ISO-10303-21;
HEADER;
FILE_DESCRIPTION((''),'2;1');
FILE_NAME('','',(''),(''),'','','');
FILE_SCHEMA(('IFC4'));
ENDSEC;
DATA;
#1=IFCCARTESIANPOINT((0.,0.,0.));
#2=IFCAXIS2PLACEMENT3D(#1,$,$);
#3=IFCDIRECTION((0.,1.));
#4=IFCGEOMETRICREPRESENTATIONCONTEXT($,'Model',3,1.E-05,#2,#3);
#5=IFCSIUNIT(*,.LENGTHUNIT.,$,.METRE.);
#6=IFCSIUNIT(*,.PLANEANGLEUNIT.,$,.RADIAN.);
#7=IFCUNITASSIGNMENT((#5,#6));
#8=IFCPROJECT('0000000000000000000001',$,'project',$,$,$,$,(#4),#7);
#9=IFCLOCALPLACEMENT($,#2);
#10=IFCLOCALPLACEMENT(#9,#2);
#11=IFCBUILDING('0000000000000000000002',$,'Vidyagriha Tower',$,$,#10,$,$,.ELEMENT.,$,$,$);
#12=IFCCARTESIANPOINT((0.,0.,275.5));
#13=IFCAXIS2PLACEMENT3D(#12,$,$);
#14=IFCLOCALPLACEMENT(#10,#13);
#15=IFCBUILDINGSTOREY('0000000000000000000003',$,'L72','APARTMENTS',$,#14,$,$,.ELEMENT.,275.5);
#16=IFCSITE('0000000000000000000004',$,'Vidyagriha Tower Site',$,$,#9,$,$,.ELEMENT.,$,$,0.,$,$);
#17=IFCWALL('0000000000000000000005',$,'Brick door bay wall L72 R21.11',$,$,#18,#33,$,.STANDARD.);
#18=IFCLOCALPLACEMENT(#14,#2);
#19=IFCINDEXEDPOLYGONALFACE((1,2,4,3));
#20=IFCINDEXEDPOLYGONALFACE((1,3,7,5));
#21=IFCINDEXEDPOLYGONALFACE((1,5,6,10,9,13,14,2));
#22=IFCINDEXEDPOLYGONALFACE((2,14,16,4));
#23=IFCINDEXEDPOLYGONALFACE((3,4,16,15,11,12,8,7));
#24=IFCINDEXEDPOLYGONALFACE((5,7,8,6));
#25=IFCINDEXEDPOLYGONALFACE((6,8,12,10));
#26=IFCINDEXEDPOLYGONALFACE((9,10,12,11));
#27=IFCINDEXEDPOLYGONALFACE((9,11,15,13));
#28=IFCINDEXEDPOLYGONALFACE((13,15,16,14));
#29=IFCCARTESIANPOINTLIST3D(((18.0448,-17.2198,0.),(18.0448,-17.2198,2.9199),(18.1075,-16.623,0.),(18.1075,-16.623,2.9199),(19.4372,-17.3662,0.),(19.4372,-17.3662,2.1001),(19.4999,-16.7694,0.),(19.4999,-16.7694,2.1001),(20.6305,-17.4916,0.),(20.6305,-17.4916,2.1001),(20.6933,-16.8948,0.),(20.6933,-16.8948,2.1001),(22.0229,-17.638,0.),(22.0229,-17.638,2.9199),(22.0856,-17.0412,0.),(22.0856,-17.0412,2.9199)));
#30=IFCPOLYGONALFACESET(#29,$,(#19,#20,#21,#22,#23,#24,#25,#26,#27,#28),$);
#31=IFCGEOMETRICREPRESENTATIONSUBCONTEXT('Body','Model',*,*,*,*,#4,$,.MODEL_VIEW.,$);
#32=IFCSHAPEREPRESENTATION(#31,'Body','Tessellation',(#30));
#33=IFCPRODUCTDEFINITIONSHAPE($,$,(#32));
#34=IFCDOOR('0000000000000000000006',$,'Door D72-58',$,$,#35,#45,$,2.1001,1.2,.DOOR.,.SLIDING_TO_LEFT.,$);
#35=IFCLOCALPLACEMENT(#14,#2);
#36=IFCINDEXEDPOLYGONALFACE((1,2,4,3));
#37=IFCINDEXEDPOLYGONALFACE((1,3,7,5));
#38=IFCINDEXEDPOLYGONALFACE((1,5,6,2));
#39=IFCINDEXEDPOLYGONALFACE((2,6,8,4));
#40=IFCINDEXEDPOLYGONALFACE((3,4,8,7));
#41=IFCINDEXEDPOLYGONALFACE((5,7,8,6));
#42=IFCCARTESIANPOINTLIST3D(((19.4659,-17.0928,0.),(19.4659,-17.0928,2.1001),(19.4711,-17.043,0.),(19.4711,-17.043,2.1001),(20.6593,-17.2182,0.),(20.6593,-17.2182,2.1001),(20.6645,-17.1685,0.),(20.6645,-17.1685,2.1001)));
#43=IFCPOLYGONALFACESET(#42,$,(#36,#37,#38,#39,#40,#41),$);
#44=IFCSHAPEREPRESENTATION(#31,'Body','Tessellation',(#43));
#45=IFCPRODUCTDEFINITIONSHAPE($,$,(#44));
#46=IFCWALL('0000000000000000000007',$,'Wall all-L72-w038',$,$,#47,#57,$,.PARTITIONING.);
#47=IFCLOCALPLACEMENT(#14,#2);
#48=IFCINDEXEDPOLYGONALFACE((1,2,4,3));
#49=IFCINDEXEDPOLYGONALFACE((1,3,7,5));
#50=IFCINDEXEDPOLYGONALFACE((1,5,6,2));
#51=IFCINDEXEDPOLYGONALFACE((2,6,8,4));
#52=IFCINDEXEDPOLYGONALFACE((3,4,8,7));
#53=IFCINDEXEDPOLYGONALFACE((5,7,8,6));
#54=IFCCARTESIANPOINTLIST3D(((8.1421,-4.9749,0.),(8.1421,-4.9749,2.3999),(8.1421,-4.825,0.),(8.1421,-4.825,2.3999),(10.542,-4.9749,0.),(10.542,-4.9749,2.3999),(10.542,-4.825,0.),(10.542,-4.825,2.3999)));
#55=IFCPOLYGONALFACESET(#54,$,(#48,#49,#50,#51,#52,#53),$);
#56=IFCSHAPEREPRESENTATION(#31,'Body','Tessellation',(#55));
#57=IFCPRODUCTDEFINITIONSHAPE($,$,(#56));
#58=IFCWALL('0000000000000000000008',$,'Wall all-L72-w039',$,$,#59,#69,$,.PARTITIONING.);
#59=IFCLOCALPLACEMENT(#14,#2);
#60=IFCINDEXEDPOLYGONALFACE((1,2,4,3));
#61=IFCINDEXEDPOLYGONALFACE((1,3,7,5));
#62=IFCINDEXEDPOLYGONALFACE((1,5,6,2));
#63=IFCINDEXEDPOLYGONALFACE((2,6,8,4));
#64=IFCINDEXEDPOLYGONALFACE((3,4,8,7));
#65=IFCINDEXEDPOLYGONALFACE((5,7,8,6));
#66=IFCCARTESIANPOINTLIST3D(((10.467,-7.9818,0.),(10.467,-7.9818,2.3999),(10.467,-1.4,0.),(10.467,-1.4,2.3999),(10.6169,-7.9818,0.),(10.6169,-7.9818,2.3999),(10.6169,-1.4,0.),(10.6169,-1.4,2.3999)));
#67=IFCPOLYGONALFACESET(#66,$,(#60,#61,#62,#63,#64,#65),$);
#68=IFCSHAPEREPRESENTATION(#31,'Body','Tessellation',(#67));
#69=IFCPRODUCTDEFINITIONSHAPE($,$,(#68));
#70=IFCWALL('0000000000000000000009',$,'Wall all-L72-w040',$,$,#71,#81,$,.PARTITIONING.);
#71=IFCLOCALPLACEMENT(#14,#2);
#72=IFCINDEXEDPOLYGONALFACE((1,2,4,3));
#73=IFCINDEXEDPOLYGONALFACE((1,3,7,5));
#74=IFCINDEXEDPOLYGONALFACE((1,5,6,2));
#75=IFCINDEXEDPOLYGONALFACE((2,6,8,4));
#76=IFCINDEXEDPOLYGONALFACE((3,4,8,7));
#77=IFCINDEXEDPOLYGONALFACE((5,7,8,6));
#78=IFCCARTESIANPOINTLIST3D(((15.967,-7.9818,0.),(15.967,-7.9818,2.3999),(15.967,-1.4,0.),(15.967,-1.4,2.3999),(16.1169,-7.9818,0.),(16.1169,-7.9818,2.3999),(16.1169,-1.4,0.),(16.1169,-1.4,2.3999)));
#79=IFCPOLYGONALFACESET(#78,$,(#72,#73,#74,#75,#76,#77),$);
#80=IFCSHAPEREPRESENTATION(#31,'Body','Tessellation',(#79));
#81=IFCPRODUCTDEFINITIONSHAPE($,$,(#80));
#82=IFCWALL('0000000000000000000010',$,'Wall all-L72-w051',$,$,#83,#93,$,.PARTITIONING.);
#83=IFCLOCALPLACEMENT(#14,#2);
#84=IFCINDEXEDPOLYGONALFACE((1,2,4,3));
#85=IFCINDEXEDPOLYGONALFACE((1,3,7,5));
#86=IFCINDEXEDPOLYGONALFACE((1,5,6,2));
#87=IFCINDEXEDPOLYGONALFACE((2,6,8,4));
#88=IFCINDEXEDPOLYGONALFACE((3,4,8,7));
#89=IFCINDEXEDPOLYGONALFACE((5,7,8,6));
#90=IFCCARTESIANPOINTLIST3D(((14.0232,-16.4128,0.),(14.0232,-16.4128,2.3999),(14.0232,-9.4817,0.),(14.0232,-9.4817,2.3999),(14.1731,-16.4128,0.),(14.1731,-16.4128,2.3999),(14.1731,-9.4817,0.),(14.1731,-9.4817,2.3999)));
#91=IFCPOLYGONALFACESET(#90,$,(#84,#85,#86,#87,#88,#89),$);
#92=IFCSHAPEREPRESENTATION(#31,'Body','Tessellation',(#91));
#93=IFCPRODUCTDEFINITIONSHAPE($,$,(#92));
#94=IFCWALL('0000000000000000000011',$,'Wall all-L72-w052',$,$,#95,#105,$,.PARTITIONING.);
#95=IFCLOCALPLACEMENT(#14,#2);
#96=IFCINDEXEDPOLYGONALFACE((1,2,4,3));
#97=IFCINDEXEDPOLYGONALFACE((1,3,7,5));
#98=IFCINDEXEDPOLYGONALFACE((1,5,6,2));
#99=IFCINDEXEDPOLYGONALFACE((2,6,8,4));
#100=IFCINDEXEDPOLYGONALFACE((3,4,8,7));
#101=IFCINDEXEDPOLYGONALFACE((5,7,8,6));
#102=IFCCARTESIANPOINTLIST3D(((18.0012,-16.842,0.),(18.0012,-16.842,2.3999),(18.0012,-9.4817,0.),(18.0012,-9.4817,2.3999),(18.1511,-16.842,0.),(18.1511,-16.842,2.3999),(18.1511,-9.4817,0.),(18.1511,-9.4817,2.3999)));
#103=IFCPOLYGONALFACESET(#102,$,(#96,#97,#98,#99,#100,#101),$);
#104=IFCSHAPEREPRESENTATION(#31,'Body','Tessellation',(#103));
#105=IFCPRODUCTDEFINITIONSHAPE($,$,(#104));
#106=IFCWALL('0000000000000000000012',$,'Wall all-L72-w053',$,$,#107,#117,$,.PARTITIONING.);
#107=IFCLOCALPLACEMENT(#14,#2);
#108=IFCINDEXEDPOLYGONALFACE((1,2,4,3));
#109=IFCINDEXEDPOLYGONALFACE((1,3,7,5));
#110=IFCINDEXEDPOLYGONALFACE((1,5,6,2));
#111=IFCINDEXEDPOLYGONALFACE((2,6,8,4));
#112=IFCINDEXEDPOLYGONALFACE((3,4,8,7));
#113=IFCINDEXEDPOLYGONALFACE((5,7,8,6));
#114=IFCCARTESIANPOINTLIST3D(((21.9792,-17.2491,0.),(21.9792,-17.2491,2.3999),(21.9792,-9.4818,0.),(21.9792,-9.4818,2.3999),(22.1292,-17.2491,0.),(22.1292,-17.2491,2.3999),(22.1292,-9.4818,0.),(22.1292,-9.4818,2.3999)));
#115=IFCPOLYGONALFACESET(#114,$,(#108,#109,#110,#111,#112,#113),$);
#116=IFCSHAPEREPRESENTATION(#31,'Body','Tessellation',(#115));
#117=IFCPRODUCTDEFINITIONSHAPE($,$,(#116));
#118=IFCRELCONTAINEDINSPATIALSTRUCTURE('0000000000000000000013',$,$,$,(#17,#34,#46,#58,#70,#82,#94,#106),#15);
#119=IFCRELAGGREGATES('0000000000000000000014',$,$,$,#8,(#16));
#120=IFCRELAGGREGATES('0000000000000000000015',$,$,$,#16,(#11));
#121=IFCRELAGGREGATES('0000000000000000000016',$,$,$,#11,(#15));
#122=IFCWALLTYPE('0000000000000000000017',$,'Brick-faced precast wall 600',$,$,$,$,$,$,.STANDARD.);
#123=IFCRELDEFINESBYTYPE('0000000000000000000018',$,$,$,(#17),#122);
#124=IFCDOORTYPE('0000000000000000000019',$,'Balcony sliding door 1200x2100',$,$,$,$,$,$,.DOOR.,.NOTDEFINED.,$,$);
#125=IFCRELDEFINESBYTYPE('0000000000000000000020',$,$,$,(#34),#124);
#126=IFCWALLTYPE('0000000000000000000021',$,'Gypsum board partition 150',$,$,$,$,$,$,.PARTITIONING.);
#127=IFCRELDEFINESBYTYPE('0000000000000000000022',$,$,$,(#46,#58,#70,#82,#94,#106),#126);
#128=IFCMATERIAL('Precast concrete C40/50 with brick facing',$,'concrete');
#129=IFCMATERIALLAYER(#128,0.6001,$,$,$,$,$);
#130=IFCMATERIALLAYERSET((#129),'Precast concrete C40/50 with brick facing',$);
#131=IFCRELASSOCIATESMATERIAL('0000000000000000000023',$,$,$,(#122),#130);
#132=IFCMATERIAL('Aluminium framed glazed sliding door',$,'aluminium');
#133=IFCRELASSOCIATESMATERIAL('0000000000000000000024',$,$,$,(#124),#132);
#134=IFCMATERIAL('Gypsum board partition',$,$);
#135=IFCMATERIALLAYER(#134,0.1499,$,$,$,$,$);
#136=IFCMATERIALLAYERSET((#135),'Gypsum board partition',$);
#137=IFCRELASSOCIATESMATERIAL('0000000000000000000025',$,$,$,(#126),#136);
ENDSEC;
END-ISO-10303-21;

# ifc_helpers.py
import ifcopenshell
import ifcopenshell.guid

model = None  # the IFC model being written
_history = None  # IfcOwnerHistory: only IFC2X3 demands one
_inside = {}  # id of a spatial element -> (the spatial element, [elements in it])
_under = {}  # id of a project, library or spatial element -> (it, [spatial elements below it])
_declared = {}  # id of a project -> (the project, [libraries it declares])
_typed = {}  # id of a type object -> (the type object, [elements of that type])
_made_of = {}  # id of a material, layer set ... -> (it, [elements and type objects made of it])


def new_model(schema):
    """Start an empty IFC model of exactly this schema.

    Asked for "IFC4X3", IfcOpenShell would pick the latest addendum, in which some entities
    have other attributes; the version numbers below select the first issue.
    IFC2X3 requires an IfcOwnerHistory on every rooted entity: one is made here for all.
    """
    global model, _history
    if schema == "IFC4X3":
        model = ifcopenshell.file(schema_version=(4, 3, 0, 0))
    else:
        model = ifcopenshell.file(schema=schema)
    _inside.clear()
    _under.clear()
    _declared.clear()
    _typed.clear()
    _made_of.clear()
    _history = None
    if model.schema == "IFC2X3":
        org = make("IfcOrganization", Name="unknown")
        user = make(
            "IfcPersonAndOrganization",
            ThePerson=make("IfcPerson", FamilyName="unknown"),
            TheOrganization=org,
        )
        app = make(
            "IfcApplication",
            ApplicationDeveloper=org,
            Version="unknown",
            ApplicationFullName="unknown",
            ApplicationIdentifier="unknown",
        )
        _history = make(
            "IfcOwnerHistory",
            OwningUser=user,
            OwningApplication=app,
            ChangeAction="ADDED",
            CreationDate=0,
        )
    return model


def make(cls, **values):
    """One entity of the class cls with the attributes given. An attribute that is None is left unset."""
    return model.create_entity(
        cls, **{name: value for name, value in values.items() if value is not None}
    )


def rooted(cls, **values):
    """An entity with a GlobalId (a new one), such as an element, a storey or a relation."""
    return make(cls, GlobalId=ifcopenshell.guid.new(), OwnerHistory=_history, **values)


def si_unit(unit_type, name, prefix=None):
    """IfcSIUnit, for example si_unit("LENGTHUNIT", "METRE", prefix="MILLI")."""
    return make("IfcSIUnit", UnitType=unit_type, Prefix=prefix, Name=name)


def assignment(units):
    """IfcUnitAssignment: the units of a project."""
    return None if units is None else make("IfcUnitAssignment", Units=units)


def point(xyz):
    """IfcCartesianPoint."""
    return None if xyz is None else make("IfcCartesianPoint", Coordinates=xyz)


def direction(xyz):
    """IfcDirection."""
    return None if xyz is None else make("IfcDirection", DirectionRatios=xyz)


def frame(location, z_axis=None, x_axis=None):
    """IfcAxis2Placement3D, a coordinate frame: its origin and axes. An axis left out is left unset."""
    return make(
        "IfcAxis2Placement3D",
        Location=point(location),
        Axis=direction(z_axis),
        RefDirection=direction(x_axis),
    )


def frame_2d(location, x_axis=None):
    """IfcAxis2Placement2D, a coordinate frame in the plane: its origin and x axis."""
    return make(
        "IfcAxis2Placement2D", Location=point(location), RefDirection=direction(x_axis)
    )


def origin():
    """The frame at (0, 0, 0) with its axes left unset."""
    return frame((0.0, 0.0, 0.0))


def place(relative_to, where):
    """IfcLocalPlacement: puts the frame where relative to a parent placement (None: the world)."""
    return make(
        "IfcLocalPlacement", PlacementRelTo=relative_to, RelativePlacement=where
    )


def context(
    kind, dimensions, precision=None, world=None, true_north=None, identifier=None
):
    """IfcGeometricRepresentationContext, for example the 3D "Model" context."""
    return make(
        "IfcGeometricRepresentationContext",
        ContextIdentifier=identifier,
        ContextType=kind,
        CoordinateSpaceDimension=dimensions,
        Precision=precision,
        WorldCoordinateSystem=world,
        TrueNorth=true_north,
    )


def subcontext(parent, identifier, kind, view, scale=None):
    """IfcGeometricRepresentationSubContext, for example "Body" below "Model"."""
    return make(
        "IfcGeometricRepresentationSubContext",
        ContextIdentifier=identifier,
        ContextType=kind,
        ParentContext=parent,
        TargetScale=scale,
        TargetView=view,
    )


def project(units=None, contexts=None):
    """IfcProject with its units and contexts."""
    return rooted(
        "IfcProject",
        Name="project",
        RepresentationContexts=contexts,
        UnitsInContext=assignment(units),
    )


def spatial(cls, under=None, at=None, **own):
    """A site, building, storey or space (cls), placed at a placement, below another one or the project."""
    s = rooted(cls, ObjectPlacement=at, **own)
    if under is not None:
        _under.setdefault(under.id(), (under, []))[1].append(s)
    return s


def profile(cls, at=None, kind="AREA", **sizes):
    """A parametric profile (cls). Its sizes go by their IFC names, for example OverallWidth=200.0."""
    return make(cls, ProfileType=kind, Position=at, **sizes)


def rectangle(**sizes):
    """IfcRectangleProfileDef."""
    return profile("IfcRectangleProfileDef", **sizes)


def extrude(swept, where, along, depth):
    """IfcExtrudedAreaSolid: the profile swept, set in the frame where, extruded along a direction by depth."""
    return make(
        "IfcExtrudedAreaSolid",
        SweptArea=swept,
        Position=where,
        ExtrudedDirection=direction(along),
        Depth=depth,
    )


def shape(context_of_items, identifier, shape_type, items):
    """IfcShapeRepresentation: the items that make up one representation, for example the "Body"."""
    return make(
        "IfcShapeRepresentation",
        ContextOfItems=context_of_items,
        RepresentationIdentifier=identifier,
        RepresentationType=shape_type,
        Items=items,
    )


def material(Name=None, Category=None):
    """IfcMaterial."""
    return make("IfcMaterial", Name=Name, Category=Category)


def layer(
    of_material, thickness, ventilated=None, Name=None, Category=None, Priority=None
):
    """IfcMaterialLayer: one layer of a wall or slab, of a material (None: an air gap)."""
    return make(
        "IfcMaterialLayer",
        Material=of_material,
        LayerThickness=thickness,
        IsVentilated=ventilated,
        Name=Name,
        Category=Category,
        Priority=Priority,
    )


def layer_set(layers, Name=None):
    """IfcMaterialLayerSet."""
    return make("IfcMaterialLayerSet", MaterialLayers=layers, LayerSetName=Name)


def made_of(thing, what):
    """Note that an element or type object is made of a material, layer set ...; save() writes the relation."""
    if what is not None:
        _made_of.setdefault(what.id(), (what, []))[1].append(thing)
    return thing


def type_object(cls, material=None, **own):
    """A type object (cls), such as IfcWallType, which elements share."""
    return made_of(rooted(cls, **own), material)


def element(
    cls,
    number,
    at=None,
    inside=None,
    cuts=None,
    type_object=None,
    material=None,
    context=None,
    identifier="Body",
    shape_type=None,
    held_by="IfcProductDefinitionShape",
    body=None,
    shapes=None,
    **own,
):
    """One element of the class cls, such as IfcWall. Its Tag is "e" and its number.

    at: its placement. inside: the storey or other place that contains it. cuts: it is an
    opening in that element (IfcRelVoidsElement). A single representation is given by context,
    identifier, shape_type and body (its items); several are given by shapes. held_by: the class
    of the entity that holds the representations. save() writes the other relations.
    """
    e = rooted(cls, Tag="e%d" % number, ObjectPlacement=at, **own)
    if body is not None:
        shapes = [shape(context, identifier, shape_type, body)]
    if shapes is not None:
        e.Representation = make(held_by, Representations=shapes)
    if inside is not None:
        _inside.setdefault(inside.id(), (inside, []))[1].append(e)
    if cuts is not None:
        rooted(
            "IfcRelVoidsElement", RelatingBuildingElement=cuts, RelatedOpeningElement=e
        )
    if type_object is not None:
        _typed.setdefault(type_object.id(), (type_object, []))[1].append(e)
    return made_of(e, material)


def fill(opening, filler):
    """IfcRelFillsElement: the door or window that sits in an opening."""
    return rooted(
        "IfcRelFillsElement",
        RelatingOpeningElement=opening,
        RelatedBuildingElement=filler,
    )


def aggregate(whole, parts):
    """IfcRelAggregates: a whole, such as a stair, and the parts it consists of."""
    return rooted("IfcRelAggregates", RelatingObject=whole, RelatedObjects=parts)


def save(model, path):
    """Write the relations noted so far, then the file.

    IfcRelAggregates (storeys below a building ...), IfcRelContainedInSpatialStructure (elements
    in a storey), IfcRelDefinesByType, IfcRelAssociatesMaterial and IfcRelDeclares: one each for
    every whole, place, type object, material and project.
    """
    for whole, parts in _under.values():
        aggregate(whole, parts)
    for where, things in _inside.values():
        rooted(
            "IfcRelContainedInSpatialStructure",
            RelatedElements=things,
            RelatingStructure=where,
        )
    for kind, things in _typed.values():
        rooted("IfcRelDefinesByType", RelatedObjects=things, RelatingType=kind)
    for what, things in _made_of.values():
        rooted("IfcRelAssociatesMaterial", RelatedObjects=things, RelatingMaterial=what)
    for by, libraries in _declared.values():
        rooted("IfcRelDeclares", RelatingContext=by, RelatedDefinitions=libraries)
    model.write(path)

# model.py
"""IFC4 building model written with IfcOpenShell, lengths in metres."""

from ifc_helpers import new_model, si_unit, direction, frame, frame_2d, origin, place, context, subcontext, project, spatial, rectangle, extrude, material, layer, layer_set, type_object, element, fill, save


model = new_model("IFC4")

# Units and contexts
model_context = context("Model", 3, precision=1e-05, world=origin(), true_north=direction((0.0, 1.0)))
body_context = subcontext(model_context, "Body", "Model", "MODEL_VIEW")
ifc_project = project(units=[si_unit("LENGTHUNIT", "METRE"), si_unit("PLANEANGLEUNIT", "RADIAN")], contexts=[model_context])

# Site, building, storey
site_placement = place(None, origin())
site = spatial("IfcSite", under=ifc_project, at=site_placement, Name="Vidyagriha Tower Site", CompositionType="ELEMENT", RefElevation=0.0)
building_placement = place(site_placement, origin())
building = spatial("IfcBuilding", under=site, at=building_placement, Name="Vidyagriha Tower", CompositionType="ELEMENT")
storey_placement = place(building_placement, frame((0.0, 0.0, 275.5)))
storey = spatial("IfcBuildingStorey", under=building, at=storey_placement, Name="L72", Description="APARTMENTS", CompositionType="ELEMENT", Elevation=275.5)

# Wall, opening, door
ifc_material_1 = material(Name="Precast concrete C40/50 with brick facing", Category="concrete")
ifc_layer_1 = layer(ifc_material_1, 0.6001)
ifc_layer_set_1 = layer_set([ifc_layer_1], Name="Precast concrete C40/50 with brick facing")
wall_type_1 = type_object("IfcWallType", Name="Brick-faced precast wall 600", PredefinedType="STANDARD", material=ifc_layer_set_1)
wall_1_placement = place(storey_placement, frame((18.0762, -16.9214, 0.0), z_axis=(0.0, 0.0, 1.0), x_axis=(0.994519, -0.104555, 0.0)))
wall_1 = element("IfcWall", 1, at=wall_1_placement, inside=storey, type_object=wall_type_1, Name="Brick door bay wall L72 R21.11", PredefinedType="STANDARD", context=body_context, shape_type="SweptSolid", body=[
    extrude(rectangle(XDim=4.0, YDim=0.6001, at=frame_2d((2.0, 0.0))), origin(), (0.0, 0.0, 1.0), 2.9199),
])
opening_placement = place(wall_1_placement, frame((1.3999, 0.0, 0.0)))
opening = element("IfcOpeningElement", 2, at=opening_placement, cuts=wall_1, PredefinedType="OPENING", context=body_context, shape_type="SweptSolid", body=[
    extrude(rectangle(XDim=1.2, YDim=2.1001, at=frame_2d((0.6001, 1.05))), frame((0.0, 0.3101, 0.0), z_axis=(0.0, -1.0, 0.0), x_axis=(1.0, 0.0, 0.0)), (0.0, 0.0, 1.0), 0.6201),
])
ifc_material_2 = material(Name="Aluminium framed glazed sliding door", Category="aluminium")
door_type = type_object("IfcDoorType", Name="Balcony sliding door 1200x2100", OperationType="NOTDEFINED", PredefinedType="DOOR", material=ifc_material_2)
door_placement = place(opening_placement, origin())
door = element("IfcDoor", 3, at=door_placement, inside=storey, type_object=door_type, Name="Door D72-58", OperationType="SLIDING_TO_LEFT", OverallHeight=2.1001, OverallWidth=1.2, PredefinedType="DOOR", context=body_context, shape_type="SweptSolid", body=[
    extrude(rectangle(XDim=1.2, YDim=2.1001, at=frame_2d((0.6001, 1.05))), frame((0.0, 0.0249, 0.0), z_axis=(0.0, -1.0, 0.0), x_axis=(1.0, 0.0, 0.0)), (0.0, 0.0, 1.0), 0.05),
])
fill(opening, door)

# Walls
ifc_material_3 = material(Name="Gypsum board partition")
ifc_layer_2 = layer(ifc_material_3, 0.1499)
ifc_layer_set_2 = layer_set([ifc_layer_2], Name="Gypsum board partition")
wall_type_2 = type_object("IfcWallType", Name="Gypsum board partition 150", PredefinedType="PARTITIONING", material=ifc_layer_set_2)
wall_2_placement = place(storey_placement, frame((10.542, -4.8999, 0.0), z_axis=(0.0, 0.0, 1.0), x_axis=(-1.0, 0.0, 0.0)))
element("IfcWall", 4, at=wall_2_placement, inside=storey, type_object=wall_type_2, Name="Wall all-L72-w038", PredefinedType="PARTITIONING", context=body_context, shape_type="SweptSolid", body=[
    extrude(rectangle(XDim=2.3999, YDim=0.1499, at=frame_2d((1.2, 0.0))), origin(), (0.0, 0.0, 1.0), 2.3999),
])
for number, where, z_axis, x_axis, name in (
    (5, (10.542, -1.3999, 0.0), (0.0, 0.0, 1.0), (0.0, -1.0, 0.0), "Wall all-L72-w039"),
    (6, (16.042, -1.3999, 0.0), (0.0, 0.0, 1.0), (0.0, -1.0, 0.0), "Wall all-L72-w040"),
):
    element("IfcWall", number, at=place(storey_placement, frame(where, z_axis=z_axis, x_axis=x_axis)), inside=storey, type_object=wall_type_2, Name=name, PredefinedType="PARTITIONING", context=body_context, shape_type="SweptSolid", body=[
        extrude(rectangle(XDim=6.5818, YDim=0.1499, at=frame_2d((3.291, 0.0))), origin(), (0.0, 0.0, 1.0), 2.3999),
    ])
wall_3_placement = place(storey_placement, frame((14.0981, -9.4817, 0.0), z_axis=(0.0, 0.0, 1.0), x_axis=(0.0, -1.0, 0.0)))
element("IfcWall", 7, at=wall_3_placement, inside=storey, type_object=wall_type_2, Name="Wall all-L72-w051", PredefinedType="PARTITIONING", context=body_context, shape_type="SweptSolid", body=[
    extrude(rectangle(XDim=6.9312, YDim=0.1499, at=frame_2d((3.4656, 0.0))), origin(), (0.0, 0.0, 1.0), 2.3999),
])
wall_4_placement = place(storey_placement, frame((18.0762, -9.4817, 0.0), z_axis=(0.0, 0.0, 1.0), x_axis=(0.0, -1.0, 0.0)))
element("IfcWall", 8, at=wall_4_placement, inside=storey, type_object=wall_type_2, Name="Wall all-L72-w052", PredefinedType="PARTITIONING", context=body_context, shape_type="SweptSolid", body=[
    extrude(rectangle(XDim=7.3604, YDim=0.1499, at=frame_2d((3.6802, 0.0))), origin(), (0.0, 0.0, 1.0), 2.3999),
])
wall_5_placement = place(storey_placement, frame((22.0542, -9.4817, 0.0), z_axis=(0.0, 0.0, 1.0), x_axis=(0.0, -1.0, 0.0)))
element("IfcWall", 9, at=wall_5_placement, inside=storey, type_object=wall_type_2, Name="Wall all-L72-w053", PredefinedType="PARTITIONING", context=body_context, shape_type="SweptSolid", body=[
    extrude(rectangle(XDim=7.7673, YDim=0.1499, at=frame_2d((3.8838, 0.0))), origin(), (0.0, 0.0, 1.0), 2.3999),
])

save(model, "model.ifc")
